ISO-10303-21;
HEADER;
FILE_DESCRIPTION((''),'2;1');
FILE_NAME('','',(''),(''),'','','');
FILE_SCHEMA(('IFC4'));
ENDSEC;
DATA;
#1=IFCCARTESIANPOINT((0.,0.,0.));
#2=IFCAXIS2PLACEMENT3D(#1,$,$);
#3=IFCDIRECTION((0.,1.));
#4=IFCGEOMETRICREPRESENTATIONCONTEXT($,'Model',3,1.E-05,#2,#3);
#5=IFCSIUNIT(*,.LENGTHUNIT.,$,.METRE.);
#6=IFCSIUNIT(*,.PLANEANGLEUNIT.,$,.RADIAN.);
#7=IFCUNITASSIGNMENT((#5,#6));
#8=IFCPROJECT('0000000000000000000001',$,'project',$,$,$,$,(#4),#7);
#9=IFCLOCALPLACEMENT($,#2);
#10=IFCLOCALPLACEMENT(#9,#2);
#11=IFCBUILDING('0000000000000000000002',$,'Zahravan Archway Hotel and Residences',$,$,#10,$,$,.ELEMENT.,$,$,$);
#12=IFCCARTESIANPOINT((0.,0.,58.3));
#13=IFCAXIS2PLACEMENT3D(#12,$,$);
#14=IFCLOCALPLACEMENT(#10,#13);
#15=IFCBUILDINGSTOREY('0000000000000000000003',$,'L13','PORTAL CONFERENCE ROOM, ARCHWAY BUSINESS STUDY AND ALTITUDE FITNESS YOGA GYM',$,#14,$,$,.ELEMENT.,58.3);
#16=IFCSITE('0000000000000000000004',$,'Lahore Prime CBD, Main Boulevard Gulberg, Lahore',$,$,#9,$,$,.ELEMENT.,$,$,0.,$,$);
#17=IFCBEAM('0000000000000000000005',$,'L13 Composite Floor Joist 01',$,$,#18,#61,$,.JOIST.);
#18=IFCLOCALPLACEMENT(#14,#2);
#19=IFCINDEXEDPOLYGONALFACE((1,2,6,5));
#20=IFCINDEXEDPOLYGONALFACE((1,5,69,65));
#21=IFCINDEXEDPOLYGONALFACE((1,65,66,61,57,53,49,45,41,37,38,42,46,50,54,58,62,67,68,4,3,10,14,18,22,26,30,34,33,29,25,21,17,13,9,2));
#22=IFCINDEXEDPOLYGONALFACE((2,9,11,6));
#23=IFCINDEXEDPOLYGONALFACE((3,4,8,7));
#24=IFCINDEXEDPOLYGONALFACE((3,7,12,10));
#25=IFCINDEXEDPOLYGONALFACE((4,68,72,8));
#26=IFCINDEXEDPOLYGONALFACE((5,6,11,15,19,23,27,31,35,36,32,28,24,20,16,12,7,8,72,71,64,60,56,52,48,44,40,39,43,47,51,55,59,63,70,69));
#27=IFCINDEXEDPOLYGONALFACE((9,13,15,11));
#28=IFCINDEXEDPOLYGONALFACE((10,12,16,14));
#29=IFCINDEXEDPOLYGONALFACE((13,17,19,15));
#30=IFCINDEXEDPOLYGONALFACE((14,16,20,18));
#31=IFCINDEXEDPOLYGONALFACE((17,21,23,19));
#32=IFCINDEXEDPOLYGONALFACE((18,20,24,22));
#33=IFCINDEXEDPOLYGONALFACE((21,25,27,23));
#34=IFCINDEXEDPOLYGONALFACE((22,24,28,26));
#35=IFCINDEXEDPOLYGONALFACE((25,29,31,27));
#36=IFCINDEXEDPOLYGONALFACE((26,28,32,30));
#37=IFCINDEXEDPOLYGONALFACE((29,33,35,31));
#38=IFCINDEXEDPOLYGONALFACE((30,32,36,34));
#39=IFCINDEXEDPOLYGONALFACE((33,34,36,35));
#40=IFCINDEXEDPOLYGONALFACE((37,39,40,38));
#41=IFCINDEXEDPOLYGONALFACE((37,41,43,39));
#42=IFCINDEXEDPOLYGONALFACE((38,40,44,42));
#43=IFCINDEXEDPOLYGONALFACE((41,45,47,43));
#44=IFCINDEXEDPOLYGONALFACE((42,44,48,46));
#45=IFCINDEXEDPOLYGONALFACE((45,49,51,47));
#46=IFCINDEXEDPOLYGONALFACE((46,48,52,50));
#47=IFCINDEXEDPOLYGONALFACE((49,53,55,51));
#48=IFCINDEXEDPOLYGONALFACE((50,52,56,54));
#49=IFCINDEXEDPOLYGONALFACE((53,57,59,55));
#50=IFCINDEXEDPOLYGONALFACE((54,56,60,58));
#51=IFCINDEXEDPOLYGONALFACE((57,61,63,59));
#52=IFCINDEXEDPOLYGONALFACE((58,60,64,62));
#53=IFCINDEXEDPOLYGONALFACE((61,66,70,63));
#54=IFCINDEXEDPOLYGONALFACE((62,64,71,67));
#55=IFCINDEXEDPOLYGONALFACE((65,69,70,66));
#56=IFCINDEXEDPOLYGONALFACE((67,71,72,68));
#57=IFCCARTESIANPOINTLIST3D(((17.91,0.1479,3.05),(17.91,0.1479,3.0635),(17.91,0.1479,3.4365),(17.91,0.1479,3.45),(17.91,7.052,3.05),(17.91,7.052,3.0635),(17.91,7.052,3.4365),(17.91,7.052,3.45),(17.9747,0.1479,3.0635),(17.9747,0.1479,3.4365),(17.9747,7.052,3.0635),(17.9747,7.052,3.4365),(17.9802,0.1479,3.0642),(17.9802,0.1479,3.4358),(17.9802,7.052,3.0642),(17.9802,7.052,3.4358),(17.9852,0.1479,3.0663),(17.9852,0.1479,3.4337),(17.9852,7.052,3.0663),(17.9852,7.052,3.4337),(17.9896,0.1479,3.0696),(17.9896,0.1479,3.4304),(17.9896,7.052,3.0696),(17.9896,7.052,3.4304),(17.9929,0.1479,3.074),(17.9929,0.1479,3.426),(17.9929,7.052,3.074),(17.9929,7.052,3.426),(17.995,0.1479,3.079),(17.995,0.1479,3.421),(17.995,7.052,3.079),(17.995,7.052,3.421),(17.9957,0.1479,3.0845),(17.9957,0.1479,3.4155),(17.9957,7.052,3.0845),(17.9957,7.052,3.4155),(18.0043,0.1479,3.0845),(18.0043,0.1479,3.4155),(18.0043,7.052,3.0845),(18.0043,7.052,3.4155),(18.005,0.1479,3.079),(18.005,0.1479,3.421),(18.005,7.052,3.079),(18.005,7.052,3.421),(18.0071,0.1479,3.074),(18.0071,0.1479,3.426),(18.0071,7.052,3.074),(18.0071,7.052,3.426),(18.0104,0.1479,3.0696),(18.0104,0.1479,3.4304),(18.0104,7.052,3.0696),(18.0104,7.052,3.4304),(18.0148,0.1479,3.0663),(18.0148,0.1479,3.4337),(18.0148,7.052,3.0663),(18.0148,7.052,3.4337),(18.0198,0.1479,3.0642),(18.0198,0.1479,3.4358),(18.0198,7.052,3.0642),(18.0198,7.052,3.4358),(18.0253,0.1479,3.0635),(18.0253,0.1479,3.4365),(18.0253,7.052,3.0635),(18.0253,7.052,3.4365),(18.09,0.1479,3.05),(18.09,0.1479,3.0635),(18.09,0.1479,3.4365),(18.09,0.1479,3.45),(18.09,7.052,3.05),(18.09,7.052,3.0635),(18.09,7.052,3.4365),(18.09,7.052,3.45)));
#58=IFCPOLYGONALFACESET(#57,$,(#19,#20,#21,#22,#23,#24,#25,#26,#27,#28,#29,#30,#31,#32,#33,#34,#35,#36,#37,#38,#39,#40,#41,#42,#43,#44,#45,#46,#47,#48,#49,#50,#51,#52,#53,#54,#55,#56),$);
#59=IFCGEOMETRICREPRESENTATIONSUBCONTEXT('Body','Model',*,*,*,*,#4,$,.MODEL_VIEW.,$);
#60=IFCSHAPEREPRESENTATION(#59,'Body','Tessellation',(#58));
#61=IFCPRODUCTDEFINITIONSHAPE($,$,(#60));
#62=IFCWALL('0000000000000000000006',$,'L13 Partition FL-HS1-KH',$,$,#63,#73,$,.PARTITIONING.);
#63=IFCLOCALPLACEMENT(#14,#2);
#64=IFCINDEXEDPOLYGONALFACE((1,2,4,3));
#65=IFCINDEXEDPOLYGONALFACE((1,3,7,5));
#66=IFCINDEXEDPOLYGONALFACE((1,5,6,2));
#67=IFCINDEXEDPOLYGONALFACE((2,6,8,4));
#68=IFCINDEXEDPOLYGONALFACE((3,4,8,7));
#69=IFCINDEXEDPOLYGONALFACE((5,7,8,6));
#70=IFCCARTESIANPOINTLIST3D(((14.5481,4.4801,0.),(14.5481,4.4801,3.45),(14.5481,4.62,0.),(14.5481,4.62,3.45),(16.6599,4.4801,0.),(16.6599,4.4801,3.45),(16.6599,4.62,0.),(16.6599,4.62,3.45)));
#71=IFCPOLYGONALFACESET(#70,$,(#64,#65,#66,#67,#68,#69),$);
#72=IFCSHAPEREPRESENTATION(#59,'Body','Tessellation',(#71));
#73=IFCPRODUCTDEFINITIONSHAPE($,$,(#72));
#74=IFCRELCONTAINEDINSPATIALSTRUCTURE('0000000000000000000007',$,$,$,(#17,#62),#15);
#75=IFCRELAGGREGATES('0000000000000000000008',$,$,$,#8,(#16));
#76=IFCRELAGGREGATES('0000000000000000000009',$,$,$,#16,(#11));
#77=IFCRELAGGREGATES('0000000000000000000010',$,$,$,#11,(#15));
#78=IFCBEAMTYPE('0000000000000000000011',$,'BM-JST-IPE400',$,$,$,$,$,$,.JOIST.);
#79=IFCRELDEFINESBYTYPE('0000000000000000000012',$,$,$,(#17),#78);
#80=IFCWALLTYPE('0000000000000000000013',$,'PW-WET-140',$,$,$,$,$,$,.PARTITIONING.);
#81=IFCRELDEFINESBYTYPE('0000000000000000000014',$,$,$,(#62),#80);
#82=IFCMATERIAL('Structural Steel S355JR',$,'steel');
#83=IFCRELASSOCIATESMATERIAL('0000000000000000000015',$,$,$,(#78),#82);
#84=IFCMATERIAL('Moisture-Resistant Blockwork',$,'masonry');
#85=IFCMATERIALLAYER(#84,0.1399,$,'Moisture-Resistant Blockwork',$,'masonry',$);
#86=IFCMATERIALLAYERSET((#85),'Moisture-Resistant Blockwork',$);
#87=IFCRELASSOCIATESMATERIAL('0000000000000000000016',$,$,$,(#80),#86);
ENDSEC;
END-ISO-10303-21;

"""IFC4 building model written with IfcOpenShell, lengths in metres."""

from ifc_helpers import new_model, si_unit, direction, frame, frame_2d, origin, origin_2d, place, context, subcontext, project, spatial, rectangle, i_section, extrude, source, transform, mapped, material, layer, layer_set, material_profile, profile_set, type_object, type_shapes, element, save


model = new_model("IFC4")

# Units and contexts
model_context = context("Model", 3, precision=1e-05, world=origin(), true_north=direction((0.0, 1.0)))
body_context = subcontext(model_context, "Body", "Model", "MODEL_VIEW")
ifc_project = project(units=[si_unit("LENGTHUNIT", "METRE"), si_unit("PLANEANGLEUNIT", "RADIAN")], contexts=[model_context])

# Site, building, storey
site_placement = place(None, origin())
site = spatial("IfcSite", under=ifc_project, at=site_placement, Name="Lahore Prime CBD, Main Boulevard Gulberg, Lahore", CompositionType="ELEMENT", RefElevation=0.0)
building_placement = place(site_placement, origin())
building = spatial("IfcBuilding", under=site, at=building_placement, Name="Zahravan Archway Hotel and Residences", CompositionType="ELEMENT")
storey_placement = place(building_placement, frame((0.0, 0.0, 58.3)))
storey = spatial("IfcBuildingStorey", under=building, at=storey_placement, Name="L13", Description="PORTAL CONFERENCE ROOM, ARCHWAY BUSINESS STUDY AND ALTITUDE FITNESS YOGA GYM", CompositionType="ELEMENT", Elevation=58.3)

# Beam
ifc_material_1 = material(Name="Structural Steel S355JR", Category="steel")
ifc_material_profile = material_profile(ifc_material_1, i_section(OverallWidth=0.1799, OverallDepth=0.3999, WebThickness=0.0085, FlangeThickness=0.0134, FilletRadius=0.021, at=origin_2d()), Name="IPE 400", Category="steel")
ifc_profile_set = profile_set([ifc_material_profile], Name="Structural Steel S355JR")
beam_type = type_object("IfcBeamType", Name="BM-JST-IPE400", PredefinedType="JOIST", material=ifc_profile_set)
shared_shape = source(origin(), body_context, "Body", "SweptSolid", [
    extrude(i_section(OverallWidth=0.1799, OverallDepth=0.3999, WebThickness=0.0085, FlangeThickness=0.0134, FilletRadius=0.021, at=origin_2d()), origin(), (0.0, 0.0, 1.0), 6.9041),
])
type_shapes(beam_type, [shared_shape])
beam_placement = place(storey_placement, frame((18.0, 0.1479, 3.25), z_axis=(0.0, 1.0, 0.0), x_axis=(-1.0, 0.0, 0.0)))
element("IfcBeam", 1, at=beam_placement, inside=storey, type_object=beam_type, Name="L13 Composite Floor Joist 01", PredefinedType="JOIST", context=body_context, shape_type="MappedRepresentation", body=[
    mapped(shared_shape, transform((0.0, 0.0, 0.0), scale=1.0)),
])

# Wall
ifc_material_2 = material(Name="Moisture-Resistant Blockwork", Category="masonry")
ifc_layer = layer(ifc_material_2, 0.1399, Name="Moisture-Resistant Blockwork", Category="masonry")
ifc_layer_set = layer_set([ifc_layer], Name="Moisture-Resistant Blockwork")
wall_type = type_object("IfcWallType", Name="PW-WET-140", PredefinedType="PARTITIONING", material=ifc_layer_set)
wall_placement = place(storey_placement, frame((14.5481, 4.55, 0.0), z_axis=(0.0, 0.0, 1.0), x_axis=(1.0, 0.0, 0.0)))
element("IfcWall", 2, at=wall_placement, inside=storey, type_object=wall_type, Name="L13 Partition FL-HS1-KH", PredefinedType="PARTITIONING", context=body_context, shape_type="SweptSolid", body=[
    extrude(rectangle(XDim=2.1118, YDim=0.1399, at=frame_2d((1.0559, 0.0))), origin(), (0.0, 0.0, 1.0), 3.45),
])

save(model, "model.ifc")
